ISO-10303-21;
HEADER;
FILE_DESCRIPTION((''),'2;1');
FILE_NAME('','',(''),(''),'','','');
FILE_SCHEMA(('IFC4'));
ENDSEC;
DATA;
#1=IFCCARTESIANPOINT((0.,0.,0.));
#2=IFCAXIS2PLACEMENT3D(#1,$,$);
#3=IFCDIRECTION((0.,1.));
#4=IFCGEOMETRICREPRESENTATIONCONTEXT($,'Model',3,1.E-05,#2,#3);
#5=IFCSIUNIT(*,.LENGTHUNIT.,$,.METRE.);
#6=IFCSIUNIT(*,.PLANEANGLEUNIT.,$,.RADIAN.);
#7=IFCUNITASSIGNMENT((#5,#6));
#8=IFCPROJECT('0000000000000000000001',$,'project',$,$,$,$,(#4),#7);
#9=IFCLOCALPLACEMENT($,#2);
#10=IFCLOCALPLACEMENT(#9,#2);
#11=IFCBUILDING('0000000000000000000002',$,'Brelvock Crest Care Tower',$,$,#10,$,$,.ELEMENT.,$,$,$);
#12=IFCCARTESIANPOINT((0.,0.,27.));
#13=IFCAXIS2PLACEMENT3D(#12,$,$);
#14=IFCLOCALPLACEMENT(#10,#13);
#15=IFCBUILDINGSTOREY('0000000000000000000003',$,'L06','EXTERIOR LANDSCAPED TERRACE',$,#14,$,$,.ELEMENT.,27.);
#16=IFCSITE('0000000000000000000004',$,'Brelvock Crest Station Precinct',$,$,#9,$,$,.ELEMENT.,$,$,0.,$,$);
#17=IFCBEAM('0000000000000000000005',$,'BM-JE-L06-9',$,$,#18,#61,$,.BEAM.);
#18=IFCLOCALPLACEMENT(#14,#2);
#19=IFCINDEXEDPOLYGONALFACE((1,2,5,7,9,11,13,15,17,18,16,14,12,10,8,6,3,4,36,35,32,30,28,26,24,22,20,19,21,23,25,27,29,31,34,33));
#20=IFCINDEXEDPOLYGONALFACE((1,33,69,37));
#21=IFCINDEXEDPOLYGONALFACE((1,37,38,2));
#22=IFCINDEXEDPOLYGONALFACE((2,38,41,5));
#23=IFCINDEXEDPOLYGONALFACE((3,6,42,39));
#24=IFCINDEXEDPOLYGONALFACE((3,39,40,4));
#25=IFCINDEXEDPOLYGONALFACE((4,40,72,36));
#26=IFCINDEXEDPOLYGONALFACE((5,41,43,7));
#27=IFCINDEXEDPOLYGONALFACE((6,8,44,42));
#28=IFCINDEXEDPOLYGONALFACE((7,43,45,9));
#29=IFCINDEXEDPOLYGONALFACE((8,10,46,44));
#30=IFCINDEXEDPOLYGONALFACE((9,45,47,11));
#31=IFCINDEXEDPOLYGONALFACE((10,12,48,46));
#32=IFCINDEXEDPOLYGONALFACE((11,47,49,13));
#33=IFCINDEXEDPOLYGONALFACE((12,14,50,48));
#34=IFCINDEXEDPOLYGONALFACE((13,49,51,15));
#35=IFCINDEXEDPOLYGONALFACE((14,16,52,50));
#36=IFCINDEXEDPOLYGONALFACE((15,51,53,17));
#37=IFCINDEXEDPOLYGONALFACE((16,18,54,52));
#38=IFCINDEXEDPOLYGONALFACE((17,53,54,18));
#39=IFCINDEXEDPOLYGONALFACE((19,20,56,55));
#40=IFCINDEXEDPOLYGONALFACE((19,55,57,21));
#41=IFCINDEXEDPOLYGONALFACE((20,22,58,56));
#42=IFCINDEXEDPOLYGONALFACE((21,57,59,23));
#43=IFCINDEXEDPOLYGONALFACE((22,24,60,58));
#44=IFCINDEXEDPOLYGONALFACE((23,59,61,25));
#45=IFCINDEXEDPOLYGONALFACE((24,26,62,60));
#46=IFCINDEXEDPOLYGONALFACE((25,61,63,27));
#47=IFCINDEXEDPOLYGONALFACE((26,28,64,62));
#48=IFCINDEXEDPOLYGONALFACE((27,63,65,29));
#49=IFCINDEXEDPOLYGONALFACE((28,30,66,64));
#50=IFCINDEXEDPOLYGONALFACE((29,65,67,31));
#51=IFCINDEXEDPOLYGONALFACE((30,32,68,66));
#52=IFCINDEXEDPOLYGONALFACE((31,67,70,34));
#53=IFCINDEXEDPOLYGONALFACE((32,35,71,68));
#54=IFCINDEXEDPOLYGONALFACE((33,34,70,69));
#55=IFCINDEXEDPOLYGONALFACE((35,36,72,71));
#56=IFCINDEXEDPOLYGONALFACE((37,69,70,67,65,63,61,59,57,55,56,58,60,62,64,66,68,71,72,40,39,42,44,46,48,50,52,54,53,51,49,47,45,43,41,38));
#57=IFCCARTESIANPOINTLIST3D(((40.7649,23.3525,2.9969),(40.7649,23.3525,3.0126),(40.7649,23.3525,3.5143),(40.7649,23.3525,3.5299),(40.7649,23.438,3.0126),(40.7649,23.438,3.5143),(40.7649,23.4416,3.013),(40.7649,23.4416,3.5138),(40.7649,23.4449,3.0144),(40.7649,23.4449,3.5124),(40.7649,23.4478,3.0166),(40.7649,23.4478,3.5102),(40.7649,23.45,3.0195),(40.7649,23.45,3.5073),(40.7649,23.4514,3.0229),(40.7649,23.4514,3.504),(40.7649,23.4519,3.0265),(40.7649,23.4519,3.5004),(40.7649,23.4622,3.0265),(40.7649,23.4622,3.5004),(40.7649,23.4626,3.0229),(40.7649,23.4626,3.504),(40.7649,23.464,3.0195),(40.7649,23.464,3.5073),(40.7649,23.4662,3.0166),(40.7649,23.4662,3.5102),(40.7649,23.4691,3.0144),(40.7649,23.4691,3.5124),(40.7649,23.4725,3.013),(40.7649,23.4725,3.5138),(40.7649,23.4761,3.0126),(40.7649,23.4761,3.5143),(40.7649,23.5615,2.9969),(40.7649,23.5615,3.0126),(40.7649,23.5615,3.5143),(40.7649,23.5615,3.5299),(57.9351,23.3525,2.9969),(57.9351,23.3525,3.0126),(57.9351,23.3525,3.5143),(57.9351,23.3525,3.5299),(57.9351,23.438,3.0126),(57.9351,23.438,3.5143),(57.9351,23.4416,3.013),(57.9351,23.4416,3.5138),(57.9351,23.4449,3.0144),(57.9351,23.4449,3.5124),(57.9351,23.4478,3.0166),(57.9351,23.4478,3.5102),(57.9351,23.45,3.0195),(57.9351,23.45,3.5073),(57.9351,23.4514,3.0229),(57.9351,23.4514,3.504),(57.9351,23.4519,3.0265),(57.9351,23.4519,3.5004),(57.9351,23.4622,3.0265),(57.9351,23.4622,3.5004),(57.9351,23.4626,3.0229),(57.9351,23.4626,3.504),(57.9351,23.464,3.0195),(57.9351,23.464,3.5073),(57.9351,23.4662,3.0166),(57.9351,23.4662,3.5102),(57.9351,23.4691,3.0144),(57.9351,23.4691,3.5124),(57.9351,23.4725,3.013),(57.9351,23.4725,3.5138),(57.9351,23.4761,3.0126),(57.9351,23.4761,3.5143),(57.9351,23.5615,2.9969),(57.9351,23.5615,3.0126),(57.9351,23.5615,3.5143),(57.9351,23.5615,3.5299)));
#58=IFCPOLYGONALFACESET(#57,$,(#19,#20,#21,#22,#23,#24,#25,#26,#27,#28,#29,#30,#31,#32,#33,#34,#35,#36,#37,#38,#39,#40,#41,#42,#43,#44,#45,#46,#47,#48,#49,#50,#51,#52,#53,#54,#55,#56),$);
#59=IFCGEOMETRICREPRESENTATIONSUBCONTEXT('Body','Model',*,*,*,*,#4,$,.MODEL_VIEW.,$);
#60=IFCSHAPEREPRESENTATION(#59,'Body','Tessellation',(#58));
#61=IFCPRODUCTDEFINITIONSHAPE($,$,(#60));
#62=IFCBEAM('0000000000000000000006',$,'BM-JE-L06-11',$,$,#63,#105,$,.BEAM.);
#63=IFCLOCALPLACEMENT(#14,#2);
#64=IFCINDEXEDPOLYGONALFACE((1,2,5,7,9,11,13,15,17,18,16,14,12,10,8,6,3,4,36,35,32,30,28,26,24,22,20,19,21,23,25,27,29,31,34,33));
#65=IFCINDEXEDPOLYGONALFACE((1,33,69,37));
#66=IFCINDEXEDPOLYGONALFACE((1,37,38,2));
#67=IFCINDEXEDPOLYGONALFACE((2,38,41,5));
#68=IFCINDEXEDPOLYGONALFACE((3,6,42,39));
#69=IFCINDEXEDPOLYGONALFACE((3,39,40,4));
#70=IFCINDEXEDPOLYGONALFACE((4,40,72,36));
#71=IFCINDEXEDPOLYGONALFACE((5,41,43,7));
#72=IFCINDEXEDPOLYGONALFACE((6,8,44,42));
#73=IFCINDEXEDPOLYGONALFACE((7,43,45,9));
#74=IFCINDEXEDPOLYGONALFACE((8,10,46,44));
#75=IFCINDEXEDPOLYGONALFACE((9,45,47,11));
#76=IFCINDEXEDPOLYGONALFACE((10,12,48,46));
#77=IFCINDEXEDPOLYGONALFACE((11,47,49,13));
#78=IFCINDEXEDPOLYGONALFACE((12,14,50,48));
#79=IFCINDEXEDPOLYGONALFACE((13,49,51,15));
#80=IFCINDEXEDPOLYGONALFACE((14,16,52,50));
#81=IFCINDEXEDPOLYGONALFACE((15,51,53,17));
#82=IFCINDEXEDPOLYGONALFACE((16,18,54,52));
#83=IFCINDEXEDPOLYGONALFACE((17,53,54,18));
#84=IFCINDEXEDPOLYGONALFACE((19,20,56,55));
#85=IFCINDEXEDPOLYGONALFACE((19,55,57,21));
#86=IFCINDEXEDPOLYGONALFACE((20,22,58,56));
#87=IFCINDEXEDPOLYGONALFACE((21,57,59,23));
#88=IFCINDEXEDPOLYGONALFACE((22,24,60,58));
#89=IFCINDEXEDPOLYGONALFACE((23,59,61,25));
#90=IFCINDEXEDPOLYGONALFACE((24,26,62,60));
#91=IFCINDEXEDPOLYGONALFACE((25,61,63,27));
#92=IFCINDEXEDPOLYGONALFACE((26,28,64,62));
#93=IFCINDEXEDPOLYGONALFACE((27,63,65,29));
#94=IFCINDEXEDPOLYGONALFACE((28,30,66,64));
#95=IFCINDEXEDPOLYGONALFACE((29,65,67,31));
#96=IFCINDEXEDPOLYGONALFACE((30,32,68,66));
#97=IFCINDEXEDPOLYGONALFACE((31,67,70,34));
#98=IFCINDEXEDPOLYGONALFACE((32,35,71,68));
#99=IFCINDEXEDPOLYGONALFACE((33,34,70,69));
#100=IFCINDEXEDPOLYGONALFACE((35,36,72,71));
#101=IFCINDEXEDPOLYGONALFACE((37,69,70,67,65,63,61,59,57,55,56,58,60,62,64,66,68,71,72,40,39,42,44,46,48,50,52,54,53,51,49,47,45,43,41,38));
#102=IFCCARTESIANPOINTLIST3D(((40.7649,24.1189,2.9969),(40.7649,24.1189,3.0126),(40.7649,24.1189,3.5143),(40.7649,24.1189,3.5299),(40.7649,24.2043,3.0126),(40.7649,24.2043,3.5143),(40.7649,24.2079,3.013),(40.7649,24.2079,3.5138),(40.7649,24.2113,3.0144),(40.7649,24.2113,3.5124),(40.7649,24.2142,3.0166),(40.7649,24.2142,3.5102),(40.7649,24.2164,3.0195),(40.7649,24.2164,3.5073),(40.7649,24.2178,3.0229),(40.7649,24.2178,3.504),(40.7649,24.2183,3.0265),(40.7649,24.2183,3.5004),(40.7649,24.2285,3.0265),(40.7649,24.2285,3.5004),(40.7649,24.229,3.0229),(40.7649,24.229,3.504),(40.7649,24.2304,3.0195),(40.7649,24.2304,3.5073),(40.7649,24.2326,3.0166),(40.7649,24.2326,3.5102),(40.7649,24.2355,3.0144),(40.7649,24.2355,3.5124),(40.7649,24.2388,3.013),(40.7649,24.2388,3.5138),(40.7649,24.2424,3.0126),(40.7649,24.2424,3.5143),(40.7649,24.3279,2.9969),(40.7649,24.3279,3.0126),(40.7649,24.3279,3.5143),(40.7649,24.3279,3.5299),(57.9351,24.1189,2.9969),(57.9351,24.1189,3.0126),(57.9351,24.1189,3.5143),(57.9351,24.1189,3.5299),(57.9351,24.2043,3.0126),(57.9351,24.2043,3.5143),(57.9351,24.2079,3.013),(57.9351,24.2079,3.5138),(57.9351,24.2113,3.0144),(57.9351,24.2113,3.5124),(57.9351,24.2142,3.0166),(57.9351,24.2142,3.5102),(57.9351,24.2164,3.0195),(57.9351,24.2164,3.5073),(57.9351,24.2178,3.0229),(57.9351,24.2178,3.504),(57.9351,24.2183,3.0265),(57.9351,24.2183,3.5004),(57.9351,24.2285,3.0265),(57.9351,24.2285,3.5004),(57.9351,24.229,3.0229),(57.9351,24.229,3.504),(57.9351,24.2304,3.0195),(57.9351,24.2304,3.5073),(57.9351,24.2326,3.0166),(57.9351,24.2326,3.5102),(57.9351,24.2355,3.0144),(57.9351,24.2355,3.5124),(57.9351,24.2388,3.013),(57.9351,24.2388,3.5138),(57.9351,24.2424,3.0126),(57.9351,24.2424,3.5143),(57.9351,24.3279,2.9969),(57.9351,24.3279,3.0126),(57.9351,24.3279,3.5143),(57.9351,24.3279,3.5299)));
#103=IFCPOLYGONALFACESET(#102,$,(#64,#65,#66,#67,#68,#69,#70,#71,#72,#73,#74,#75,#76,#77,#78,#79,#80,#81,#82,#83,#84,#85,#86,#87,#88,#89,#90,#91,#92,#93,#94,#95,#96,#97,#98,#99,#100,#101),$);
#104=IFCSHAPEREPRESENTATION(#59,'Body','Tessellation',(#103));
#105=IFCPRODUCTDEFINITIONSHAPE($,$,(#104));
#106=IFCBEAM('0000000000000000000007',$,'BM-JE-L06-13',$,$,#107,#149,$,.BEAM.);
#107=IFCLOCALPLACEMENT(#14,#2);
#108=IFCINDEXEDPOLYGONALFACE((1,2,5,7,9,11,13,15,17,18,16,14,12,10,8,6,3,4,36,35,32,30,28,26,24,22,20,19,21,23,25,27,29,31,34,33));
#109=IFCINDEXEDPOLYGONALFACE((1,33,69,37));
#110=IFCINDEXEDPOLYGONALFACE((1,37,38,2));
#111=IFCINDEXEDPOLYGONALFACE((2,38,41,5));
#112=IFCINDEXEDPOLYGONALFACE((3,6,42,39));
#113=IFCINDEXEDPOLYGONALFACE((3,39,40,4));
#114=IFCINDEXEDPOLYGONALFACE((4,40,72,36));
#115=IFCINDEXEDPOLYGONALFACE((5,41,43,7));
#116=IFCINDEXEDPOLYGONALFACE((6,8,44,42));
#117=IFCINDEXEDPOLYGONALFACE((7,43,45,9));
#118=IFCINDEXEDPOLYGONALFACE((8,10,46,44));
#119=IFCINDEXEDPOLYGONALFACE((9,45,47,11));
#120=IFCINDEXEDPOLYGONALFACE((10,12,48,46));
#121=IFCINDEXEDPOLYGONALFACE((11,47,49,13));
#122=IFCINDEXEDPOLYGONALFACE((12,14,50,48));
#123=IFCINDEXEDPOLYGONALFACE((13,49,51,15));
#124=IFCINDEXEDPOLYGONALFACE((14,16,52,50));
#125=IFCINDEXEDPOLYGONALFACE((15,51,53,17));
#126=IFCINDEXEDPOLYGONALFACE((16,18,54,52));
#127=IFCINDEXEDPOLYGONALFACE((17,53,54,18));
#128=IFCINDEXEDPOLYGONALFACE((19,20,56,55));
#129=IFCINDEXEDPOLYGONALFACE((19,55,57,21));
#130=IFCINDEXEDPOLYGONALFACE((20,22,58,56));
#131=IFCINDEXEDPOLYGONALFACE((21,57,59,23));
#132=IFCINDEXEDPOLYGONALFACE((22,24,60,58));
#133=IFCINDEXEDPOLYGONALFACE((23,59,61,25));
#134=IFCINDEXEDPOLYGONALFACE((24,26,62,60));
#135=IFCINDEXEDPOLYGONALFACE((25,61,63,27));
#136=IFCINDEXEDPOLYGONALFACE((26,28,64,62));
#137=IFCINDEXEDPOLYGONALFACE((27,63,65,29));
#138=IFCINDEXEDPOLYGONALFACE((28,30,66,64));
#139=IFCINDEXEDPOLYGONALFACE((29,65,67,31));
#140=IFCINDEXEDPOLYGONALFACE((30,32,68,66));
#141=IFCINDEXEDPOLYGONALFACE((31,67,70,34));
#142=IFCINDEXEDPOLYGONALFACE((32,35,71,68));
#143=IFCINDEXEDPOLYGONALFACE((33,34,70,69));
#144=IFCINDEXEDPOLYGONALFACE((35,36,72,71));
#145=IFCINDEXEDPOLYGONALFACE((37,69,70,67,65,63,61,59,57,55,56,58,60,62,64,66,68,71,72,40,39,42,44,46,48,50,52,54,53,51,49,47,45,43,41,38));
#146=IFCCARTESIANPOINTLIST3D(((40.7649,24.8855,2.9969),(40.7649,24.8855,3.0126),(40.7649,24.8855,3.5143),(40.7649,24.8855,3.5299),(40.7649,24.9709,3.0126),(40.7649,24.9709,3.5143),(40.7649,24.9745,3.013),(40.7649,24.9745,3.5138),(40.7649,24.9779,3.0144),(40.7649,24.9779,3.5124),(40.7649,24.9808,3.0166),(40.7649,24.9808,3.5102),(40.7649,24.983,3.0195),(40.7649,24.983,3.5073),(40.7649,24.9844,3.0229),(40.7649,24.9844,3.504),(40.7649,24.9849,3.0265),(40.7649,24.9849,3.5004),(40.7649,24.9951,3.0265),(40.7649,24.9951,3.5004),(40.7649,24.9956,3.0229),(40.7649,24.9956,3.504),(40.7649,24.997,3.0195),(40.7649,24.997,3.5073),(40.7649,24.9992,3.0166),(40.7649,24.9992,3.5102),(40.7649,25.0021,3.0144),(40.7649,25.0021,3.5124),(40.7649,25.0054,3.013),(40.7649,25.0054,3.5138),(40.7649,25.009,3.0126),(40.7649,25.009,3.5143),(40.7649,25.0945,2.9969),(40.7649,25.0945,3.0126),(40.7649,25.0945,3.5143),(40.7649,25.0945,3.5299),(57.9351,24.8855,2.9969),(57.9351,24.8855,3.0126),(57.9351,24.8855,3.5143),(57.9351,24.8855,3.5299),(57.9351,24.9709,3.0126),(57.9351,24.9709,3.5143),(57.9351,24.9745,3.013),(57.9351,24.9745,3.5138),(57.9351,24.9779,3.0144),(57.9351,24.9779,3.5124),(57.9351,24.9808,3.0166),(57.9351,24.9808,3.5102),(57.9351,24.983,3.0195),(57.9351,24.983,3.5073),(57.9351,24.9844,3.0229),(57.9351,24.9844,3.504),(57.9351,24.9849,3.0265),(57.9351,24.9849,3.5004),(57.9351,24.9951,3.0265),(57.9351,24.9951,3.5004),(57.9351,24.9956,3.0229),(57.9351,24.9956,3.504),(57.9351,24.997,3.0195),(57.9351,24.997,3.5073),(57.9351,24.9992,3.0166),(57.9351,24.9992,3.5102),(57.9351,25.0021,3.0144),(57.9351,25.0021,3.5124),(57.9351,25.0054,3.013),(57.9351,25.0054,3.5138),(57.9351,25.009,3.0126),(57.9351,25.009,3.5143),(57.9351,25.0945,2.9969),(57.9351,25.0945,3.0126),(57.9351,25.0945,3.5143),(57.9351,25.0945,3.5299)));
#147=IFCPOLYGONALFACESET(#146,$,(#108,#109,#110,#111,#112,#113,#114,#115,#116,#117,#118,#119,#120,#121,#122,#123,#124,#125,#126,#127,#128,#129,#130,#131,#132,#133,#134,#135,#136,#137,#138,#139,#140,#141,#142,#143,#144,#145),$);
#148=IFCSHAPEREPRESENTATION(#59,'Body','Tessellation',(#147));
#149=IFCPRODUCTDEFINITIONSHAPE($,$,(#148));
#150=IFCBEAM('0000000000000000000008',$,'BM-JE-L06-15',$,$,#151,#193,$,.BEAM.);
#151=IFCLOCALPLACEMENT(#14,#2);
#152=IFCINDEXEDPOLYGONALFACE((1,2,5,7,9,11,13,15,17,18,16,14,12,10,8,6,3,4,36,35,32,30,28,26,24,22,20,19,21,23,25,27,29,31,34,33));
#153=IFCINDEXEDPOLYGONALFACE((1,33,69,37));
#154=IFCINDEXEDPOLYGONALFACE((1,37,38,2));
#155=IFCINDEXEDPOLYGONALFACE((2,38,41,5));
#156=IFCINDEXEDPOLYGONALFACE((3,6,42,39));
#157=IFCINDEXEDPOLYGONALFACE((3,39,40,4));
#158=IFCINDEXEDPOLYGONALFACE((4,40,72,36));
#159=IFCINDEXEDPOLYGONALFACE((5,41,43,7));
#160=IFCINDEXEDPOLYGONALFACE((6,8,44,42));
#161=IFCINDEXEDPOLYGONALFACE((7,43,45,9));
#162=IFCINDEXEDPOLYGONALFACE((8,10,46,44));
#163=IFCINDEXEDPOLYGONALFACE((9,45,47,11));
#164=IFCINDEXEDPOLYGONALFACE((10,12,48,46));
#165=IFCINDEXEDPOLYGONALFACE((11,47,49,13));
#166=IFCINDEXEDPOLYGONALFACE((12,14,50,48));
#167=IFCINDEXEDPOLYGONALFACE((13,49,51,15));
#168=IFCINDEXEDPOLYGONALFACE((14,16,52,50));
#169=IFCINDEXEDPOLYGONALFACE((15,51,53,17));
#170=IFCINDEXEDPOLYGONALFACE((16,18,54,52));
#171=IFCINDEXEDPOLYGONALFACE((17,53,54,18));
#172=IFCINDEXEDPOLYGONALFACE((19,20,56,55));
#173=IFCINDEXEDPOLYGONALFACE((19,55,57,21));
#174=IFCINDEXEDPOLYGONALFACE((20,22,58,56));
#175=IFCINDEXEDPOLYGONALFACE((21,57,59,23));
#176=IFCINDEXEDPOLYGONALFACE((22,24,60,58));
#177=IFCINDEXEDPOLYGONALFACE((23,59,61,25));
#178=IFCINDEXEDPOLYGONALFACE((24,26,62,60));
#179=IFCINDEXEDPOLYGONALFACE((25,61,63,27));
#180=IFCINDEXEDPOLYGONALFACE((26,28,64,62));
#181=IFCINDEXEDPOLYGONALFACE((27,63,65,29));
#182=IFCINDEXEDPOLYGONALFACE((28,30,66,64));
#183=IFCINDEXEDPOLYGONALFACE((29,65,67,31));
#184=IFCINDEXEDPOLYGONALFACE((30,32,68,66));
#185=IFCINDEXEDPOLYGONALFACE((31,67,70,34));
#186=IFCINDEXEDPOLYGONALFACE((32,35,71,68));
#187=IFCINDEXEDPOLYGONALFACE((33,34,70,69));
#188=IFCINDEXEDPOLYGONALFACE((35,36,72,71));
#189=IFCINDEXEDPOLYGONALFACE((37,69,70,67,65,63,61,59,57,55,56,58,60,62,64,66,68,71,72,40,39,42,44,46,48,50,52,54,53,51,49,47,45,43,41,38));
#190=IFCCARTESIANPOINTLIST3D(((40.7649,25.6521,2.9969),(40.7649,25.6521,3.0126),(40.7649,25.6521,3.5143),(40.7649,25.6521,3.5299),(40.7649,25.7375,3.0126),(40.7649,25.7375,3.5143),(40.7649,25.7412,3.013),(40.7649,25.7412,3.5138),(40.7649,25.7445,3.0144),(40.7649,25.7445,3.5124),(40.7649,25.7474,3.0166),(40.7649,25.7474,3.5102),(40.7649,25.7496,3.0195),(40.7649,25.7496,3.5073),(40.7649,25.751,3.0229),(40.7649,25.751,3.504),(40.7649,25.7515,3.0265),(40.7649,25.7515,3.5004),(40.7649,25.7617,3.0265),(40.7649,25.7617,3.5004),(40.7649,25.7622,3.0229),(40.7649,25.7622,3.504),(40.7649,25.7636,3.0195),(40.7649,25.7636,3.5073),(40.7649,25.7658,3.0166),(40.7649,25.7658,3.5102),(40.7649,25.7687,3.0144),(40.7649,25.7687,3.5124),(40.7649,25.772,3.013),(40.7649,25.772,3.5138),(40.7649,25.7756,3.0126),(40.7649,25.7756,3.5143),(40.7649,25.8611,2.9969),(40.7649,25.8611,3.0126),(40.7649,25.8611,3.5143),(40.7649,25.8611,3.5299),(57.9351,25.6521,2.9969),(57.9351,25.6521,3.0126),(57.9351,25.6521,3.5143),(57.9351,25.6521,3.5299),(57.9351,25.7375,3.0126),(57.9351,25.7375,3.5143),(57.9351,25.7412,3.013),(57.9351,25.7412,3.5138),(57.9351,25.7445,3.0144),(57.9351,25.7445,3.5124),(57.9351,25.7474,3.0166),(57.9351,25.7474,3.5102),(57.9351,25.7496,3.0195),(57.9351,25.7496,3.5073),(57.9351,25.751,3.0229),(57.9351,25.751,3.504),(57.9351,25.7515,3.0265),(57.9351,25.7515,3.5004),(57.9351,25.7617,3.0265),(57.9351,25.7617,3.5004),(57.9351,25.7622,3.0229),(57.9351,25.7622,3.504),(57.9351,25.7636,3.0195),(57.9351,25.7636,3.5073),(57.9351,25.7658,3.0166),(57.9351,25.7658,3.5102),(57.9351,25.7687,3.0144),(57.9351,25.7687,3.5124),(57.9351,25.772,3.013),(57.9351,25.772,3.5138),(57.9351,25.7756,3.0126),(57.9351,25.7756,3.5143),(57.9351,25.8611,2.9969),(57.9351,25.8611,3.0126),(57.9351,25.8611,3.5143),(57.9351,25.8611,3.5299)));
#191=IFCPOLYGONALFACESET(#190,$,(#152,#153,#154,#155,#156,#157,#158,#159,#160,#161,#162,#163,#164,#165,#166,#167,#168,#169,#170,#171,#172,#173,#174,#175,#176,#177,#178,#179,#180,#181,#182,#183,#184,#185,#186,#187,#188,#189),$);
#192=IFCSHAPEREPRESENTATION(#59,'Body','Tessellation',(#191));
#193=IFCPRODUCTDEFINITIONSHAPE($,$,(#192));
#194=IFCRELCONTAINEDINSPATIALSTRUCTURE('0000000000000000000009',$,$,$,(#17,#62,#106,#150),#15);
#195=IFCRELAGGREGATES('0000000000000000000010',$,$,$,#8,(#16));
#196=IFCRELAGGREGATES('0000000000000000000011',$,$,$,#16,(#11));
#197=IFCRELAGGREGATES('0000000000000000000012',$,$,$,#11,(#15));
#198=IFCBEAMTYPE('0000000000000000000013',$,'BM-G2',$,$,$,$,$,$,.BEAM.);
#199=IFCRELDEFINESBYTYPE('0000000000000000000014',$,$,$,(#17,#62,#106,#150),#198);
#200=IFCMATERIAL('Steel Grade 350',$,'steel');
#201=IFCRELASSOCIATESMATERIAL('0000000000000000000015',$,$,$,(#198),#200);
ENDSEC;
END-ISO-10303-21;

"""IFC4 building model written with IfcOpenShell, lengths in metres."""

from ifc_helpers import new_model, si_unit, direction, frame, origin, origin_2d, place, context, subcontext, project, spatial, i_section, extrude, source, transform, mapped, material, material_profile, profile_set, type_object, element, save


model = new_model("IFC4")

# Units and contexts
model_context = context("Model", 3, precision=1e-05, world=origin(), true_north=direction((0.0, 1.0)))
body_context = subcontext(model_context, "Body", "Model", "MODEL_VIEW")
ifc_project = project(units=[si_unit("LENGTHUNIT", "METRE"), si_unit("PLANEANGLEUNIT", "RADIAN")], contexts=[model_context])

# Site, building, storey
site_placement = place(None, origin())
site = spatial("IfcSite", under=ifc_project, at=site_placement, Name="Brelvock Crest Station Precinct", CompositionType="ELEMENT", RefElevation=0.0)
building_placement = place(site_placement, origin())
building = spatial("IfcBuilding", under=site, at=building_placement, Name="Brelvock Crest Care Tower", CompositionType="ELEMENT")
storey_placement = place(building_placement, frame((0.0, 0.0, 27.0)))
storey = spatial("IfcBuildingStorey", under=building, at=storey_placement, Name="L06", Description="EXTERIOR LANDSCAPED TERRACE", CompositionType="ELEMENT", Elevation=27.0)

# Beams
ifc_material_1 = material(Name="Steel Grade 350", Category="steel")
ifc_material_profile_1 = material_profile(ifc_material_1, i_section(OverallWidth=0.209, OverallDepth=0.533, WebThickness=0.0103, FlangeThickness=0.0156, FilletRadius=0.0139, at=origin_2d()), Name="530UB92.4")
ifc_profile_set_1 = profile_set([ifc_material_profile_1], Name="Steel Grade 350")
beam_type_1 = type_object("IfcBeamType", Name="BM-G2", PredefinedType="BEAM", material=ifc_profile_set_1)
shared_shape_1 = source(origin(), body_context, "Body", "SweptSolid", [
    extrude(i_section(OverallWidth=0.209, OverallDepth=0.533, WebThickness=0.0103, FlangeThickness=0.0156, FilletRadius=0.0139, at=origin_2d()), origin(), (0.0, 0.0, 1.0), 17.1702),
])
for number, where, z_axis, x_axis, name in (
    (1, (40.7649, 23.457, 3.2634), (1.0, 0.0, 0.0), (0.0, 1.0, 0.0), "BM-JE-L06-9"),
    (2, (40.7649, 24.2234, 3.2634), (1.0, 0.0, 0.0), (0.0, 1.0, 0.0), "BM-JE-L06-11"),
    (3, (40.7649, 24.99, 3.2634), (1.0, 0.0, 0.0), (0.0, 1.0, 0.0), "BM-JE-L06-13"),
    (4, (40.7649, 25.7566, 3.2634), (1.0, 0.0, 0.0), (0.0, 1.0, 0.0), "BM-JE-L06-15"),
):
    element("IfcBeam", number, at=place(storey_placement, frame(where, z_axis=z_axis, x_axis=x_axis)), inside=storey, type_object=beam_type_1, Name=name, PredefinedType="BEAM", context=body_context, shape_type="MappedRepresentation", body=[
        mapped(shared_shape_1, transform((0.0, 0.0, 0.0), x_axis=(1.0, 0.0, 0.0), y_axis=(0.0, 1.0, 0.0), z_axis=(0.0, 0.0, 1.0), scale=1.0)),
    ])

save(model, "model.ifc")
